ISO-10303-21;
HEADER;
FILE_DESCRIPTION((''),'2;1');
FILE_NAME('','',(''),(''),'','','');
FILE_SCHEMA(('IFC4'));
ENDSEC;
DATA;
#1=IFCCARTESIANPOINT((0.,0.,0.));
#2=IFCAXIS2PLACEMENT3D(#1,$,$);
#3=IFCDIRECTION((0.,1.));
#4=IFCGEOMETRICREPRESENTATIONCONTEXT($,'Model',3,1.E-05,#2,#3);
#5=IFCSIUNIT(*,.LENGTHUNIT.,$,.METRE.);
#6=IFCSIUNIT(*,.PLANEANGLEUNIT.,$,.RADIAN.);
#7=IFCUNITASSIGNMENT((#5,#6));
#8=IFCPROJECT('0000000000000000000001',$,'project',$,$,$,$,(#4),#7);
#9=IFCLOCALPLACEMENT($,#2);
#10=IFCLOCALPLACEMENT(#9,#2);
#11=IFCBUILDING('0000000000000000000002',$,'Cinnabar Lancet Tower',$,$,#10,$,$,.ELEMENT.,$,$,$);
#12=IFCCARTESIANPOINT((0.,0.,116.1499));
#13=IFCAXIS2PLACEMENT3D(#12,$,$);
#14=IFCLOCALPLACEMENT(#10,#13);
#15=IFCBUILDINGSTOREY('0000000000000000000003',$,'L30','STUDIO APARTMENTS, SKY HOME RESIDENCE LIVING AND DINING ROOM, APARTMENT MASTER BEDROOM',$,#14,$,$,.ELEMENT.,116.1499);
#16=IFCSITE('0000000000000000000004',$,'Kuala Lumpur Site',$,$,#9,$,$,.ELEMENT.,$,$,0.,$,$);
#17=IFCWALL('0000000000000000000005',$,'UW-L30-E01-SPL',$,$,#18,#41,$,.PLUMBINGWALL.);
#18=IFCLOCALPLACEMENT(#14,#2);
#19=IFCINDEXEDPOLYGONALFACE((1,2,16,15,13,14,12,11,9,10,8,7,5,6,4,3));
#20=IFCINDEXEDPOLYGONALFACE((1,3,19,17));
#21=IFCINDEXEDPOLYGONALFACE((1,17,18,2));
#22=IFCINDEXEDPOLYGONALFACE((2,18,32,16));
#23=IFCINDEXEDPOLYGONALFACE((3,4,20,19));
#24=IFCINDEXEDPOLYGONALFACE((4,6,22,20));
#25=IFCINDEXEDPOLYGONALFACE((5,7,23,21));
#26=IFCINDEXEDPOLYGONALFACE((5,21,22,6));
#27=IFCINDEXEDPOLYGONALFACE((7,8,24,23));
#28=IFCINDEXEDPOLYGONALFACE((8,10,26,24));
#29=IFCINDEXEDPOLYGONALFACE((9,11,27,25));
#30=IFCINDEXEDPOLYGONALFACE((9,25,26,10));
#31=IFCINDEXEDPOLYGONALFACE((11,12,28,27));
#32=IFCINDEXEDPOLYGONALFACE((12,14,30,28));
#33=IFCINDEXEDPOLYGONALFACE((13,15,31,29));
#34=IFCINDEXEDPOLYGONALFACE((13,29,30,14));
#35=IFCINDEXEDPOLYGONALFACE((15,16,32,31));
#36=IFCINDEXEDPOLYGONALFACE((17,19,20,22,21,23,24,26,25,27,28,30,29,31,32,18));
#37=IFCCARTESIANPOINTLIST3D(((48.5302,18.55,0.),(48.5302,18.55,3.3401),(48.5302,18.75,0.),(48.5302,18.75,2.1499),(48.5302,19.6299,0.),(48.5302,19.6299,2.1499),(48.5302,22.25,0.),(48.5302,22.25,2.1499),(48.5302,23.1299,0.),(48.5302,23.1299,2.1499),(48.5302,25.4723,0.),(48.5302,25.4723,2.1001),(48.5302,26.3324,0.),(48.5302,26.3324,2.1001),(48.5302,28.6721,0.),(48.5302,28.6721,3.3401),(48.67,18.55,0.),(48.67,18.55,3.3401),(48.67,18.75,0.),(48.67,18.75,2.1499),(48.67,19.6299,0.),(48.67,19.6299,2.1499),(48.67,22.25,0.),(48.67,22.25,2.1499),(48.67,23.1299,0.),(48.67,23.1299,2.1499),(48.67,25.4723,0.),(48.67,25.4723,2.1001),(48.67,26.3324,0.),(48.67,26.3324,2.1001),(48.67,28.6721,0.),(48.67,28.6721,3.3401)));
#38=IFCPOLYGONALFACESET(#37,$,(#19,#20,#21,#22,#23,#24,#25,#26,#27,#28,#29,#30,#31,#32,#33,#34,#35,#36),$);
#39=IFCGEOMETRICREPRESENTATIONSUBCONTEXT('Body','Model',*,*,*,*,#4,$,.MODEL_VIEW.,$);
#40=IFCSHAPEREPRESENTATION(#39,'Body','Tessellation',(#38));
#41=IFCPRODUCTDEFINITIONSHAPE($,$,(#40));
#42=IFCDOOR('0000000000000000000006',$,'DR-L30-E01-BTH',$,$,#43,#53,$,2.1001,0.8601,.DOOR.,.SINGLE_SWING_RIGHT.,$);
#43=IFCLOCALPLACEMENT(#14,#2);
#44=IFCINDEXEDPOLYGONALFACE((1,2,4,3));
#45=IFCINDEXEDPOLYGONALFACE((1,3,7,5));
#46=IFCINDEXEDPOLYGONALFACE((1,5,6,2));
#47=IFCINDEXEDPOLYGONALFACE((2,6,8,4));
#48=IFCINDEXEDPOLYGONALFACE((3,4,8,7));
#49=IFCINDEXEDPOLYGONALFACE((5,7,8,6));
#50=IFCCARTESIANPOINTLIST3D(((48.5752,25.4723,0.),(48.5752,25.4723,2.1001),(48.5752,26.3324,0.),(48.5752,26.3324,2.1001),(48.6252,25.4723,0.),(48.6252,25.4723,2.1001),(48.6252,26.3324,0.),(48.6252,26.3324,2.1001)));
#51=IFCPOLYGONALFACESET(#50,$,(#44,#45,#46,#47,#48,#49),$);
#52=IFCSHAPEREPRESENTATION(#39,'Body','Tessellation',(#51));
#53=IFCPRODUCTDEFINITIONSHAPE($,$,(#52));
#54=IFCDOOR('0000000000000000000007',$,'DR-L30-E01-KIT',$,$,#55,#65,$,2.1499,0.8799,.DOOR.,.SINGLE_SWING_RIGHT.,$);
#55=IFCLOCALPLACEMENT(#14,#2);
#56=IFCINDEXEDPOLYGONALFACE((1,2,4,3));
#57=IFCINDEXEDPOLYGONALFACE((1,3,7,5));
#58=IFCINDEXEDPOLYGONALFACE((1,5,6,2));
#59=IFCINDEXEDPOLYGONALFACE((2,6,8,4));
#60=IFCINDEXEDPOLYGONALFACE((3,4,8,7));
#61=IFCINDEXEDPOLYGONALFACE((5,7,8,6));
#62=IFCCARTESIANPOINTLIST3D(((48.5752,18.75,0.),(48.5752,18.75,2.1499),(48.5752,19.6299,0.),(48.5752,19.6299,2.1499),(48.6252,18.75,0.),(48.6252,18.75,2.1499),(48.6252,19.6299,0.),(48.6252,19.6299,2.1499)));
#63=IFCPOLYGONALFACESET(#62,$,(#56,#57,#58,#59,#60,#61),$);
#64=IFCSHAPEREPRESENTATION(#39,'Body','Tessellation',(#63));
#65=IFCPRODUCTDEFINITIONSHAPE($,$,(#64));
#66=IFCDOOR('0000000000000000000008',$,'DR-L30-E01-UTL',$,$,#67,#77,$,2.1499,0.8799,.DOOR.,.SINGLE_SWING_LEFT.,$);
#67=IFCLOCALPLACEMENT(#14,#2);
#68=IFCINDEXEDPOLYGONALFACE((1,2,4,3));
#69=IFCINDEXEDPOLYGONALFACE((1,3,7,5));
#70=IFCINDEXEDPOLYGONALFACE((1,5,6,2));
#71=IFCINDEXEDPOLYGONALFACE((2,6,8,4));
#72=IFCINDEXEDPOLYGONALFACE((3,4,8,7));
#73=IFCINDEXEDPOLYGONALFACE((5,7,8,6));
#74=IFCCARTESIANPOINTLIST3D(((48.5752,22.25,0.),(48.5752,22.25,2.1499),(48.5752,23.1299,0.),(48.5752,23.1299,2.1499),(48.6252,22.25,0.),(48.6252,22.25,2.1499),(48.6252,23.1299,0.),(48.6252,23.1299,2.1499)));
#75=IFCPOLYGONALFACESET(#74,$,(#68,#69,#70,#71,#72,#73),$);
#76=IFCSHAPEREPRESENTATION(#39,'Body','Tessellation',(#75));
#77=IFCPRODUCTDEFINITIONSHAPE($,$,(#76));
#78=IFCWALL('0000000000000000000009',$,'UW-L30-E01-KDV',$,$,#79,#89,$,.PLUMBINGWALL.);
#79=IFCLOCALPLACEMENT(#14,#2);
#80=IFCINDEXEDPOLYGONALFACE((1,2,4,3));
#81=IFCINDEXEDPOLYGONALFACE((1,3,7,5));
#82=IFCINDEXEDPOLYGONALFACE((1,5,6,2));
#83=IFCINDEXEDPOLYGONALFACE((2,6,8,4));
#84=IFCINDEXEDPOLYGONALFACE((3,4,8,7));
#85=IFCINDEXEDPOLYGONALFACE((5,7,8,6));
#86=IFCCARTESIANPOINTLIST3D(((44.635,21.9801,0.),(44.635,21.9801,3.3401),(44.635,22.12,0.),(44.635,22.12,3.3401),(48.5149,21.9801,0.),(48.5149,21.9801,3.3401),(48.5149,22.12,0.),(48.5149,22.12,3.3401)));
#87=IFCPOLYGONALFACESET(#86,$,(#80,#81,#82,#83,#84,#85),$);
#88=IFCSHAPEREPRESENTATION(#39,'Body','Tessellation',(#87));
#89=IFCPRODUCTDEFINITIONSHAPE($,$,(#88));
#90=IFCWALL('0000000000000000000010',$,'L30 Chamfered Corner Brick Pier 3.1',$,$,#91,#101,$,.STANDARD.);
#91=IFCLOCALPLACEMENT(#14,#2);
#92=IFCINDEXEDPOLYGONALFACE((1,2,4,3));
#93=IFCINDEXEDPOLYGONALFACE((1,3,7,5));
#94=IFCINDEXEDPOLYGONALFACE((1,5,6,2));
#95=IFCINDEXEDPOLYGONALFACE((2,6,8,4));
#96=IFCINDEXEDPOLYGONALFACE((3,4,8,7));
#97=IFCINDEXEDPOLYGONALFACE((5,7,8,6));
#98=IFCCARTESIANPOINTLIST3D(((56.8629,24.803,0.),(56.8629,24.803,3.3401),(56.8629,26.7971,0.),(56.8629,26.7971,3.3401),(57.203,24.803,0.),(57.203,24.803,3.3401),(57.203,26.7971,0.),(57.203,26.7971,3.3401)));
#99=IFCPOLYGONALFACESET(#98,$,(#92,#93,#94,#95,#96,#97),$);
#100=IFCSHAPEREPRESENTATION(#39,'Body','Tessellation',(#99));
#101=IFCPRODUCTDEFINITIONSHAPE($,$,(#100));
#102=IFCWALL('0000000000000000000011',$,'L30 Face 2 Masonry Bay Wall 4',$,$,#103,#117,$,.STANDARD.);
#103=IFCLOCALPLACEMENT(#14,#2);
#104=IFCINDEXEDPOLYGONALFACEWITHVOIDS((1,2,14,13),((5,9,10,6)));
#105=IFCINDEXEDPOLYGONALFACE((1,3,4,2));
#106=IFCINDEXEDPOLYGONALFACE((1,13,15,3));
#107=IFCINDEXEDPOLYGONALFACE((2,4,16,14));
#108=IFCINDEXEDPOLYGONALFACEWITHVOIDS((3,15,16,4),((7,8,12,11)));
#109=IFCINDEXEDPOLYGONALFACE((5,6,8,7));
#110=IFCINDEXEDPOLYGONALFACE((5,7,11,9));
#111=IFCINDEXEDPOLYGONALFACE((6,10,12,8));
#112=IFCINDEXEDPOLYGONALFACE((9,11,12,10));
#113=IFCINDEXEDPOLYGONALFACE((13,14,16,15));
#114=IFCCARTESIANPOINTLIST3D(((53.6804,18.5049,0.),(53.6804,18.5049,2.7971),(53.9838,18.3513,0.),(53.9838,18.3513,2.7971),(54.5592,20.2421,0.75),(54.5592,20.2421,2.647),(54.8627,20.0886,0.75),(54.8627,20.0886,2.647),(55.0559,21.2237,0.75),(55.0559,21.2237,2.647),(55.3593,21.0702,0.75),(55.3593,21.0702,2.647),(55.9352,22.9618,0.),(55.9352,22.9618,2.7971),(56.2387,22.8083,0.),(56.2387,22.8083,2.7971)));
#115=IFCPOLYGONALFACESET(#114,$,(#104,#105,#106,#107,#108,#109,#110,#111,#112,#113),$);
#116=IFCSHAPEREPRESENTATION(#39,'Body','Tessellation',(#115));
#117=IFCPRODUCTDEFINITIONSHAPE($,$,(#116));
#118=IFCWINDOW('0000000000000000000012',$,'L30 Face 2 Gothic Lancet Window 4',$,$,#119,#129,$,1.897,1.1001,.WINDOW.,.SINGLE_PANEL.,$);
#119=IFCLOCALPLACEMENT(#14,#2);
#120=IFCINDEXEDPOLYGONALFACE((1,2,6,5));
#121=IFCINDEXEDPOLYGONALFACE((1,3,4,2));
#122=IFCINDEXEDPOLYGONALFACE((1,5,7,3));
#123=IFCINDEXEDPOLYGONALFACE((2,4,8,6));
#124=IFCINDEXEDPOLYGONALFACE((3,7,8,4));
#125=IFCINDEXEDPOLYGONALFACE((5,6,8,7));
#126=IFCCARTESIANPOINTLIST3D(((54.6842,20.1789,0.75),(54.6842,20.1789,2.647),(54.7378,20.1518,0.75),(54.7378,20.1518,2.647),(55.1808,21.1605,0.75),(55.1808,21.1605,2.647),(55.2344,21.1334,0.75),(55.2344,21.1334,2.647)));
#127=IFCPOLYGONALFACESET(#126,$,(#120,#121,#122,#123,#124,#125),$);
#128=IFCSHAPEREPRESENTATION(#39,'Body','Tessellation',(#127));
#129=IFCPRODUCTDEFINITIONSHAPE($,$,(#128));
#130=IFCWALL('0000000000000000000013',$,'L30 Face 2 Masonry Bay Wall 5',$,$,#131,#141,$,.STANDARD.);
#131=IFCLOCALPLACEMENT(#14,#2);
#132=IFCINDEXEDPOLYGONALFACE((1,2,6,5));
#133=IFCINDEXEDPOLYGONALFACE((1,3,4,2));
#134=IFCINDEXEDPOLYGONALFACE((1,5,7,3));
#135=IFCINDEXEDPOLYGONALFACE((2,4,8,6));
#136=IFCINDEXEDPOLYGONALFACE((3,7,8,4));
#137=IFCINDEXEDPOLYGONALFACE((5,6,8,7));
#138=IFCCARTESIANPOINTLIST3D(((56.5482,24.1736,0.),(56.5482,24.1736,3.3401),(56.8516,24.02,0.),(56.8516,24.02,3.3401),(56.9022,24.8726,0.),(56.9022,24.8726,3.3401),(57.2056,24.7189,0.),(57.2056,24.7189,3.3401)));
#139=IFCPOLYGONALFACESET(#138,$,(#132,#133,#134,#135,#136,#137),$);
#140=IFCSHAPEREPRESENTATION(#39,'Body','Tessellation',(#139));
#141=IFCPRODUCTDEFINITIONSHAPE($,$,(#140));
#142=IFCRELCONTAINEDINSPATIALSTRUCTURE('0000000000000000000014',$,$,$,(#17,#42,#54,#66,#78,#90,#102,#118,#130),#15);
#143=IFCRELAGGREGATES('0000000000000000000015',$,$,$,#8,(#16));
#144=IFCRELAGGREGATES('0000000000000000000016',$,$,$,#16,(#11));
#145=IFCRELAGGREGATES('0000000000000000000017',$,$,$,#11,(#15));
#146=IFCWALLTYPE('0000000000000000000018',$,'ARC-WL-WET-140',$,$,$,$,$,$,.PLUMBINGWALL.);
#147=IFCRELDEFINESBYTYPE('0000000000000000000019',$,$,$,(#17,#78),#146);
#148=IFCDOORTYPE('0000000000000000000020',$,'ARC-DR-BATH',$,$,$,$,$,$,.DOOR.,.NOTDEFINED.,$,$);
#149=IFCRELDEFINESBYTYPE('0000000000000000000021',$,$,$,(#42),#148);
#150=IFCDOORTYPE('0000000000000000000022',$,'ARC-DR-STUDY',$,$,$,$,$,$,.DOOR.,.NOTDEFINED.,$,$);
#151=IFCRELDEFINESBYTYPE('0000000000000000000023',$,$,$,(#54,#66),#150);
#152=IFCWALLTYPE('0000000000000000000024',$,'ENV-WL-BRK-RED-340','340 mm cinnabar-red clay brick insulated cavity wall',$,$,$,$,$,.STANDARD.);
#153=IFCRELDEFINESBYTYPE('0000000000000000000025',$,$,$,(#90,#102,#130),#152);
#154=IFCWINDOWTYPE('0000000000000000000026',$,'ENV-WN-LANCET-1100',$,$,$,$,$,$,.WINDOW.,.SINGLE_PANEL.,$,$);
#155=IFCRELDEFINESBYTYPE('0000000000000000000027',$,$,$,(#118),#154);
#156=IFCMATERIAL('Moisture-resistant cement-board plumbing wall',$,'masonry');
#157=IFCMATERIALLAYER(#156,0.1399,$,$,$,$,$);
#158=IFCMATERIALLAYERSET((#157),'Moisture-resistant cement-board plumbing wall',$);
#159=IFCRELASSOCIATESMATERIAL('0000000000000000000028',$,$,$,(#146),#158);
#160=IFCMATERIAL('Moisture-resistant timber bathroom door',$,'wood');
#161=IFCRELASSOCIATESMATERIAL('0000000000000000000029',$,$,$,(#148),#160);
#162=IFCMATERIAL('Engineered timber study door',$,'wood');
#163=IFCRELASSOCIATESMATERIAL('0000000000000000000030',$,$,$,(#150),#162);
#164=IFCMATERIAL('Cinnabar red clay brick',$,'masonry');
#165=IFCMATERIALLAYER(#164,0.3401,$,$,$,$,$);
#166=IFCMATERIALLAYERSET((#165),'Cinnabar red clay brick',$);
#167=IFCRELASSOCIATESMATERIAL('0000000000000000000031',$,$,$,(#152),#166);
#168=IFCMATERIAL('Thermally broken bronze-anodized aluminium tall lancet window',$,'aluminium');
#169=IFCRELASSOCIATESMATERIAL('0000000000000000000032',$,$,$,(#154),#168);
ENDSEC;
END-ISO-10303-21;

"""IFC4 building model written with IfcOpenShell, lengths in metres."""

from ifc_helpers import new_model, si_unit, direction, frame, frame_2d, origin, place, context, subcontext, project, spatial, rectangle, extrude, material, layer, layer_set, type_object, element, fill, save


model = new_model("IFC4")

# Units and contexts
model_context = context("Model", 3, precision=1e-05, world=origin(), true_north=direction((0.0, 1.0)))
body_context = subcontext(model_context, "Body", "Model", "MODEL_VIEW")
ifc_project = project(units=[si_unit("LENGTHUNIT", "METRE"), si_unit("PLANEANGLEUNIT", "RADIAN")], contexts=[model_context])

# Site, building, storey
site_placement = place(None, origin())
site = spatial("IfcSite", under=ifc_project, at=site_placement, Name="Kuala Lumpur Site", CompositionType="ELEMENT", RefElevation=0.0)
building_placement = place(site_placement, origin())
building = spatial("IfcBuilding", under=site, at=building_placement, Name="Cinnabar Lancet Tower", CompositionType="ELEMENT")
storey_placement = place(building_placement, frame((0.0, 0.0, 116.1499)))
storey = spatial("IfcBuildingStorey", under=building, at=storey_placement, Name="L30", Description="STUDIO APARTMENTS, SKY HOME RESIDENCE LIVING AND DINING ROOM, APARTMENT MASTER BEDROOM", CompositionType="ELEMENT", Elevation=116.1499)

# Wall, openings, doors
ifc_material_1 = material(Name="Moisture-resistant cement-board plumbing wall", Category="masonry")
ifc_layer_1 = layer(ifc_material_1, 0.1399)
ifc_layer_set_1 = layer_set([ifc_layer_1], Name="Moisture-resistant cement-board plumbing wall")
wall_type_1 = type_object("IfcWallType", Name="ARC-WL-WET-140", PredefinedType="PLUMBINGWALL", material=ifc_layer_set_1)
wall_1_placement = place(storey_placement, frame((48.6001, 18.55, 0.0), z_axis=(0.0, 0.0, 1.0), x_axis=(0.0, 1.0, 0.0)))
wall_1 = element("IfcWall", 1, at=wall_1_placement, inside=storey, type_object=wall_type_1, Name="UW-L30-E01-SPL", PredefinedType="PLUMBINGWALL", context=body_context, shape_type="SweptSolid", body=[
    extrude(rectangle(XDim=10.1221, YDim=0.1399, at=frame_2d((5.061, 0.0))), origin(), (0.0, 0.0, 1.0), 3.3401),
])
opening_1_placement = place(wall_1_placement, frame((0.2, 0.0, 0.0)))
opening_1 = element("IfcOpeningElement", 2, at=opening_1_placement, cuts=wall_1, PredefinedType="OPENING", context=body_context, shape_type="SweptSolid", body=[
    extrude(rectangle(XDim=0.8799, YDim=2.1499, at=frame_2d((0.4399, 1.075))), frame((0.0, 0.0798, 0.0), z_axis=(0.0, -1.0, 0.0), x_axis=(1.0, 0.0, 0.0)), (0.0, 0.0, 1.0), 0.1599),
])
opening_2_placement = place(wall_1_placement, frame((3.7, 0.0, 0.0)))
opening_2 = element("IfcOpeningElement", 3, at=opening_2_placement, cuts=wall_1, PredefinedType="OPENING", context=body_context, shape_type="SweptSolid", body=[
    extrude(rectangle(XDim=0.8799, YDim=2.1499, at=frame_2d((0.4399, 1.075))), frame((0.0, 0.0798, 0.0), z_axis=(0.0, -1.0, 0.0), x_axis=(1.0, 0.0, 0.0)), (0.0, 0.0, 1.0), 0.1599),
])
opening_3_placement = place(wall_1_placement, frame((6.9221, 0.0, 0.0)))
opening_3 = element("IfcOpeningElement", 4, at=opening_3_placement, cuts=wall_1, PredefinedType="OPENING", context=body_context, shape_type="SweptSolid", body=[
    extrude(rectangle(XDim=0.8601, YDim=2.1001, at=frame_2d((0.4302, 1.05))), frame((0.0, 0.0798, 0.0), z_axis=(0.0, -1.0, 0.0), x_axis=(1.0, 0.0, 0.0)), (0.0, 0.0, 1.0), 0.1599),
])
ifc_material_2 = material(Name="Moisture-resistant timber bathroom door", Category="wood")
door_type_1 = type_object("IfcDoorType", Name="ARC-DR-BATH", OperationType="NOTDEFINED", PredefinedType="DOOR", material=ifc_material_2)
door_1_placement = place(opening_3_placement, origin())
door_1 = element("IfcDoor", 5, at=door_1_placement, inside=storey, type_object=door_type_1, Name="DR-L30-E01-BTH", OperationType="SINGLE_SWING_RIGHT", OverallHeight=2.1001, OverallWidth=0.8601, PredefinedType="DOOR", context=body_context, shape_type="SweptSolid", body=[
    extrude(rectangle(XDim=0.8601, YDim=2.1001, at=frame_2d((0.4302, 1.05))), frame((0.0, 0.0249, 0.0), z_axis=(0.0, -1.0, 0.0), x_axis=(1.0, 0.0, 0.0)), (0.0, 0.0, 1.0), 0.05),
])
fill(opening_3, door_1)
ifc_material_3 = material(Name="Engineered timber study door", Category="wood")
door_type_2 = type_object("IfcDoorType", Name="ARC-DR-STUDY", OperationType="NOTDEFINED", PredefinedType="DOOR", material=ifc_material_3)
door_2_placement = place(opening_1_placement, origin())
door_2 = element("IfcDoor", 6, at=door_2_placement, inside=storey, type_object=door_type_2, Name="DR-L30-E01-KIT", OperationType="SINGLE_SWING_RIGHT", OverallHeight=2.1499, OverallWidth=0.8799, PredefinedType="DOOR", context=body_context, shape_type="SweptSolid", body=[
    extrude(rectangle(XDim=0.8799, YDim=2.1499, at=frame_2d((0.4399, 1.075))), frame((0.0, 0.0249, 0.0), z_axis=(0.0, -1.0, 0.0), x_axis=(1.0, 0.0, 0.0)), (0.0, 0.0, 1.0), 0.05),
])
fill(opening_1, door_2)
door_3_placement = place(opening_2_placement, origin())
door_3 = element("IfcDoor", 7, at=door_3_placement, inside=storey, type_object=door_type_2, Name="DR-L30-E01-UTL", OperationType="SINGLE_SWING_LEFT", OverallHeight=2.1499, OverallWidth=0.8799, PredefinedType="DOOR", context=body_context, shape_type="SweptSolid", body=[
    extrude(rectangle(XDim=0.8799, YDim=2.1499, at=frame_2d((0.4399, 1.075))), frame((0.0, 0.0249, 0.0), z_axis=(0.0, -1.0, 0.0), x_axis=(1.0, 0.0, 0.0)), (0.0, 0.0, 1.0), 0.05),
])
fill(opening_2, door_3)

# Walls
wall_2_placement = place(storey_placement, frame((44.635, 22.05, 0.0), z_axis=(0.0, 0.0, 1.0), x_axis=(1.0, 0.0, 0.0)))
element("IfcWall", 8, at=wall_2_placement, inside=storey, type_object=wall_type_1, Name="UW-L30-E01-KDV", PredefinedType="PLUMBINGWALL", context=body_context, shape_type="SweptSolid", body=[
    extrude(rectangle(XDim=3.8799, YDim=0.1399, at=frame_2d((1.9399, 0.0))), origin(), (0.0, 0.0, 1.0), 3.3401),
])
ifc_material_4 = material(Name="Cinnabar red clay brick", Category="masonry")
ifc_layer_2 = layer(ifc_material_4, 0.3401)
ifc_layer_set_2 = layer_set([ifc_layer_2], Name="Cinnabar red clay brick")
wall_type_2 = type_object("IfcWallType", Name="ENV-WL-BRK-RED-340", Description="340 mm cinnabar-red clay brick insulated cavity wall", PredefinedType="STANDARD", material=ifc_layer_set_2)
wall_3_placement = place(storey_placement, frame((57.033, 24.803, 0.0), z_axis=(0.0, 0.0, 1.0), x_axis=(0.0, 1.0, 0.0)))
element("IfcWall", 9, at=wall_3_placement, inside=storey, type_object=wall_type_2, Name="L30 Chamfered Corner Brick Pier 3.1", PredefinedType="STANDARD", context=body_context, shape_type="SweptSolid", body=[
    extrude(rectangle(XDim=1.9941, YDim=0.3401, at=frame_2d((0.9971, 0.0))), origin(), (0.0, 0.0, 1.0), 3.3401),
])

# Wall, opening, window
wall_4_placement = place(storey_placement, frame((53.832, 18.428, 0.0), z_axis=(0.0, 0.0, 1.0), x_axis=(0.451432, 0.892306, 0.0)))
wall_4 = element("IfcWall", 10, at=wall_4_placement, inside=storey, type_object=wall_type_2, Name="L30 Face 2 Masonry Bay Wall 4", PredefinedType="STANDARD", context=body_context, shape_type="SweptSolid", body=[
    extrude(rectangle(XDim=4.9949, YDim=0.3401, at=frame_2d((2.4976, 0.0))), origin(), (0.0, 0.0, 1.0), 2.7971),
])
opening_4_placement = place(wall_4_placement, frame((1.947, 0.0, 0.75)))
opening_4 = element("IfcOpeningElement", 11, at=opening_4_placement, cuts=wall_4, PredefinedType="OPENING", context=body_context, shape_type="SweptSolid", body=[
    extrude(rectangle(XDim=1.1001, YDim=1.897, at=frame_2d((0.55, 0.9485))), frame((0.0, 0.1799, 0.0), z_axis=(0.0, -1.0, 0.0), x_axis=(1.0, 0.0, 0.0)), (0.0, 0.0, 1.0), 0.3601),
])
ifc_material_5 = material(Name="Thermally broken bronze-anodized aluminium tall lancet window", Category="aluminium")
window_type = type_object("IfcWindowType", Name="ENV-WN-LANCET-1100", PartitioningType="SINGLE_PANEL", PredefinedType="WINDOW", material=ifc_material_5)
window_placement = place(opening_4_placement, origin())
window = element("IfcWindow", 12, at=window_placement, inside=storey, type_object=window_type, Name="L30 Face 2 Gothic Lancet Window 4", OverallHeight=1.897, OverallWidth=1.1001, PartitioningType="SINGLE_PANEL", PredefinedType="WINDOW", context=body_context, shape_type="SweptSolid", body=[
    extrude(rectangle(XDim=1.1001, YDim=1.897, at=frame_2d((0.55, 0.9485))), frame((0.0, 0.03, 0.0), z_axis=(0.0, -1.0, 0.0), x_axis=(1.0, 0.0, 0.0)), (0.0, 0.0, 1.0), 0.0601),
])
fill(opening_4, window)

# Wall
wall_5_placement = place(storey_placement, frame((56.7, 24.0969, 0.0), z_axis=(0.0, 0.0, 1.0), x_axis=(0.451819, 0.892109, 0.0)))
element("IfcWall", 13, at=wall_5_placement, inside=storey, type_object=wall_type_2, Name="L30 Face 2 Masonry Bay Wall 5", PredefinedType="STANDARD", context=body_context, shape_type="SweptSolid", body=[
    extrude(rectangle(XDim=0.7834, YDim=0.3401, at=frame_2d((0.3916, 0.0))), origin(), (0.0, 0.0, 1.0), 3.3401),
])

save(model, "model.ifc")
